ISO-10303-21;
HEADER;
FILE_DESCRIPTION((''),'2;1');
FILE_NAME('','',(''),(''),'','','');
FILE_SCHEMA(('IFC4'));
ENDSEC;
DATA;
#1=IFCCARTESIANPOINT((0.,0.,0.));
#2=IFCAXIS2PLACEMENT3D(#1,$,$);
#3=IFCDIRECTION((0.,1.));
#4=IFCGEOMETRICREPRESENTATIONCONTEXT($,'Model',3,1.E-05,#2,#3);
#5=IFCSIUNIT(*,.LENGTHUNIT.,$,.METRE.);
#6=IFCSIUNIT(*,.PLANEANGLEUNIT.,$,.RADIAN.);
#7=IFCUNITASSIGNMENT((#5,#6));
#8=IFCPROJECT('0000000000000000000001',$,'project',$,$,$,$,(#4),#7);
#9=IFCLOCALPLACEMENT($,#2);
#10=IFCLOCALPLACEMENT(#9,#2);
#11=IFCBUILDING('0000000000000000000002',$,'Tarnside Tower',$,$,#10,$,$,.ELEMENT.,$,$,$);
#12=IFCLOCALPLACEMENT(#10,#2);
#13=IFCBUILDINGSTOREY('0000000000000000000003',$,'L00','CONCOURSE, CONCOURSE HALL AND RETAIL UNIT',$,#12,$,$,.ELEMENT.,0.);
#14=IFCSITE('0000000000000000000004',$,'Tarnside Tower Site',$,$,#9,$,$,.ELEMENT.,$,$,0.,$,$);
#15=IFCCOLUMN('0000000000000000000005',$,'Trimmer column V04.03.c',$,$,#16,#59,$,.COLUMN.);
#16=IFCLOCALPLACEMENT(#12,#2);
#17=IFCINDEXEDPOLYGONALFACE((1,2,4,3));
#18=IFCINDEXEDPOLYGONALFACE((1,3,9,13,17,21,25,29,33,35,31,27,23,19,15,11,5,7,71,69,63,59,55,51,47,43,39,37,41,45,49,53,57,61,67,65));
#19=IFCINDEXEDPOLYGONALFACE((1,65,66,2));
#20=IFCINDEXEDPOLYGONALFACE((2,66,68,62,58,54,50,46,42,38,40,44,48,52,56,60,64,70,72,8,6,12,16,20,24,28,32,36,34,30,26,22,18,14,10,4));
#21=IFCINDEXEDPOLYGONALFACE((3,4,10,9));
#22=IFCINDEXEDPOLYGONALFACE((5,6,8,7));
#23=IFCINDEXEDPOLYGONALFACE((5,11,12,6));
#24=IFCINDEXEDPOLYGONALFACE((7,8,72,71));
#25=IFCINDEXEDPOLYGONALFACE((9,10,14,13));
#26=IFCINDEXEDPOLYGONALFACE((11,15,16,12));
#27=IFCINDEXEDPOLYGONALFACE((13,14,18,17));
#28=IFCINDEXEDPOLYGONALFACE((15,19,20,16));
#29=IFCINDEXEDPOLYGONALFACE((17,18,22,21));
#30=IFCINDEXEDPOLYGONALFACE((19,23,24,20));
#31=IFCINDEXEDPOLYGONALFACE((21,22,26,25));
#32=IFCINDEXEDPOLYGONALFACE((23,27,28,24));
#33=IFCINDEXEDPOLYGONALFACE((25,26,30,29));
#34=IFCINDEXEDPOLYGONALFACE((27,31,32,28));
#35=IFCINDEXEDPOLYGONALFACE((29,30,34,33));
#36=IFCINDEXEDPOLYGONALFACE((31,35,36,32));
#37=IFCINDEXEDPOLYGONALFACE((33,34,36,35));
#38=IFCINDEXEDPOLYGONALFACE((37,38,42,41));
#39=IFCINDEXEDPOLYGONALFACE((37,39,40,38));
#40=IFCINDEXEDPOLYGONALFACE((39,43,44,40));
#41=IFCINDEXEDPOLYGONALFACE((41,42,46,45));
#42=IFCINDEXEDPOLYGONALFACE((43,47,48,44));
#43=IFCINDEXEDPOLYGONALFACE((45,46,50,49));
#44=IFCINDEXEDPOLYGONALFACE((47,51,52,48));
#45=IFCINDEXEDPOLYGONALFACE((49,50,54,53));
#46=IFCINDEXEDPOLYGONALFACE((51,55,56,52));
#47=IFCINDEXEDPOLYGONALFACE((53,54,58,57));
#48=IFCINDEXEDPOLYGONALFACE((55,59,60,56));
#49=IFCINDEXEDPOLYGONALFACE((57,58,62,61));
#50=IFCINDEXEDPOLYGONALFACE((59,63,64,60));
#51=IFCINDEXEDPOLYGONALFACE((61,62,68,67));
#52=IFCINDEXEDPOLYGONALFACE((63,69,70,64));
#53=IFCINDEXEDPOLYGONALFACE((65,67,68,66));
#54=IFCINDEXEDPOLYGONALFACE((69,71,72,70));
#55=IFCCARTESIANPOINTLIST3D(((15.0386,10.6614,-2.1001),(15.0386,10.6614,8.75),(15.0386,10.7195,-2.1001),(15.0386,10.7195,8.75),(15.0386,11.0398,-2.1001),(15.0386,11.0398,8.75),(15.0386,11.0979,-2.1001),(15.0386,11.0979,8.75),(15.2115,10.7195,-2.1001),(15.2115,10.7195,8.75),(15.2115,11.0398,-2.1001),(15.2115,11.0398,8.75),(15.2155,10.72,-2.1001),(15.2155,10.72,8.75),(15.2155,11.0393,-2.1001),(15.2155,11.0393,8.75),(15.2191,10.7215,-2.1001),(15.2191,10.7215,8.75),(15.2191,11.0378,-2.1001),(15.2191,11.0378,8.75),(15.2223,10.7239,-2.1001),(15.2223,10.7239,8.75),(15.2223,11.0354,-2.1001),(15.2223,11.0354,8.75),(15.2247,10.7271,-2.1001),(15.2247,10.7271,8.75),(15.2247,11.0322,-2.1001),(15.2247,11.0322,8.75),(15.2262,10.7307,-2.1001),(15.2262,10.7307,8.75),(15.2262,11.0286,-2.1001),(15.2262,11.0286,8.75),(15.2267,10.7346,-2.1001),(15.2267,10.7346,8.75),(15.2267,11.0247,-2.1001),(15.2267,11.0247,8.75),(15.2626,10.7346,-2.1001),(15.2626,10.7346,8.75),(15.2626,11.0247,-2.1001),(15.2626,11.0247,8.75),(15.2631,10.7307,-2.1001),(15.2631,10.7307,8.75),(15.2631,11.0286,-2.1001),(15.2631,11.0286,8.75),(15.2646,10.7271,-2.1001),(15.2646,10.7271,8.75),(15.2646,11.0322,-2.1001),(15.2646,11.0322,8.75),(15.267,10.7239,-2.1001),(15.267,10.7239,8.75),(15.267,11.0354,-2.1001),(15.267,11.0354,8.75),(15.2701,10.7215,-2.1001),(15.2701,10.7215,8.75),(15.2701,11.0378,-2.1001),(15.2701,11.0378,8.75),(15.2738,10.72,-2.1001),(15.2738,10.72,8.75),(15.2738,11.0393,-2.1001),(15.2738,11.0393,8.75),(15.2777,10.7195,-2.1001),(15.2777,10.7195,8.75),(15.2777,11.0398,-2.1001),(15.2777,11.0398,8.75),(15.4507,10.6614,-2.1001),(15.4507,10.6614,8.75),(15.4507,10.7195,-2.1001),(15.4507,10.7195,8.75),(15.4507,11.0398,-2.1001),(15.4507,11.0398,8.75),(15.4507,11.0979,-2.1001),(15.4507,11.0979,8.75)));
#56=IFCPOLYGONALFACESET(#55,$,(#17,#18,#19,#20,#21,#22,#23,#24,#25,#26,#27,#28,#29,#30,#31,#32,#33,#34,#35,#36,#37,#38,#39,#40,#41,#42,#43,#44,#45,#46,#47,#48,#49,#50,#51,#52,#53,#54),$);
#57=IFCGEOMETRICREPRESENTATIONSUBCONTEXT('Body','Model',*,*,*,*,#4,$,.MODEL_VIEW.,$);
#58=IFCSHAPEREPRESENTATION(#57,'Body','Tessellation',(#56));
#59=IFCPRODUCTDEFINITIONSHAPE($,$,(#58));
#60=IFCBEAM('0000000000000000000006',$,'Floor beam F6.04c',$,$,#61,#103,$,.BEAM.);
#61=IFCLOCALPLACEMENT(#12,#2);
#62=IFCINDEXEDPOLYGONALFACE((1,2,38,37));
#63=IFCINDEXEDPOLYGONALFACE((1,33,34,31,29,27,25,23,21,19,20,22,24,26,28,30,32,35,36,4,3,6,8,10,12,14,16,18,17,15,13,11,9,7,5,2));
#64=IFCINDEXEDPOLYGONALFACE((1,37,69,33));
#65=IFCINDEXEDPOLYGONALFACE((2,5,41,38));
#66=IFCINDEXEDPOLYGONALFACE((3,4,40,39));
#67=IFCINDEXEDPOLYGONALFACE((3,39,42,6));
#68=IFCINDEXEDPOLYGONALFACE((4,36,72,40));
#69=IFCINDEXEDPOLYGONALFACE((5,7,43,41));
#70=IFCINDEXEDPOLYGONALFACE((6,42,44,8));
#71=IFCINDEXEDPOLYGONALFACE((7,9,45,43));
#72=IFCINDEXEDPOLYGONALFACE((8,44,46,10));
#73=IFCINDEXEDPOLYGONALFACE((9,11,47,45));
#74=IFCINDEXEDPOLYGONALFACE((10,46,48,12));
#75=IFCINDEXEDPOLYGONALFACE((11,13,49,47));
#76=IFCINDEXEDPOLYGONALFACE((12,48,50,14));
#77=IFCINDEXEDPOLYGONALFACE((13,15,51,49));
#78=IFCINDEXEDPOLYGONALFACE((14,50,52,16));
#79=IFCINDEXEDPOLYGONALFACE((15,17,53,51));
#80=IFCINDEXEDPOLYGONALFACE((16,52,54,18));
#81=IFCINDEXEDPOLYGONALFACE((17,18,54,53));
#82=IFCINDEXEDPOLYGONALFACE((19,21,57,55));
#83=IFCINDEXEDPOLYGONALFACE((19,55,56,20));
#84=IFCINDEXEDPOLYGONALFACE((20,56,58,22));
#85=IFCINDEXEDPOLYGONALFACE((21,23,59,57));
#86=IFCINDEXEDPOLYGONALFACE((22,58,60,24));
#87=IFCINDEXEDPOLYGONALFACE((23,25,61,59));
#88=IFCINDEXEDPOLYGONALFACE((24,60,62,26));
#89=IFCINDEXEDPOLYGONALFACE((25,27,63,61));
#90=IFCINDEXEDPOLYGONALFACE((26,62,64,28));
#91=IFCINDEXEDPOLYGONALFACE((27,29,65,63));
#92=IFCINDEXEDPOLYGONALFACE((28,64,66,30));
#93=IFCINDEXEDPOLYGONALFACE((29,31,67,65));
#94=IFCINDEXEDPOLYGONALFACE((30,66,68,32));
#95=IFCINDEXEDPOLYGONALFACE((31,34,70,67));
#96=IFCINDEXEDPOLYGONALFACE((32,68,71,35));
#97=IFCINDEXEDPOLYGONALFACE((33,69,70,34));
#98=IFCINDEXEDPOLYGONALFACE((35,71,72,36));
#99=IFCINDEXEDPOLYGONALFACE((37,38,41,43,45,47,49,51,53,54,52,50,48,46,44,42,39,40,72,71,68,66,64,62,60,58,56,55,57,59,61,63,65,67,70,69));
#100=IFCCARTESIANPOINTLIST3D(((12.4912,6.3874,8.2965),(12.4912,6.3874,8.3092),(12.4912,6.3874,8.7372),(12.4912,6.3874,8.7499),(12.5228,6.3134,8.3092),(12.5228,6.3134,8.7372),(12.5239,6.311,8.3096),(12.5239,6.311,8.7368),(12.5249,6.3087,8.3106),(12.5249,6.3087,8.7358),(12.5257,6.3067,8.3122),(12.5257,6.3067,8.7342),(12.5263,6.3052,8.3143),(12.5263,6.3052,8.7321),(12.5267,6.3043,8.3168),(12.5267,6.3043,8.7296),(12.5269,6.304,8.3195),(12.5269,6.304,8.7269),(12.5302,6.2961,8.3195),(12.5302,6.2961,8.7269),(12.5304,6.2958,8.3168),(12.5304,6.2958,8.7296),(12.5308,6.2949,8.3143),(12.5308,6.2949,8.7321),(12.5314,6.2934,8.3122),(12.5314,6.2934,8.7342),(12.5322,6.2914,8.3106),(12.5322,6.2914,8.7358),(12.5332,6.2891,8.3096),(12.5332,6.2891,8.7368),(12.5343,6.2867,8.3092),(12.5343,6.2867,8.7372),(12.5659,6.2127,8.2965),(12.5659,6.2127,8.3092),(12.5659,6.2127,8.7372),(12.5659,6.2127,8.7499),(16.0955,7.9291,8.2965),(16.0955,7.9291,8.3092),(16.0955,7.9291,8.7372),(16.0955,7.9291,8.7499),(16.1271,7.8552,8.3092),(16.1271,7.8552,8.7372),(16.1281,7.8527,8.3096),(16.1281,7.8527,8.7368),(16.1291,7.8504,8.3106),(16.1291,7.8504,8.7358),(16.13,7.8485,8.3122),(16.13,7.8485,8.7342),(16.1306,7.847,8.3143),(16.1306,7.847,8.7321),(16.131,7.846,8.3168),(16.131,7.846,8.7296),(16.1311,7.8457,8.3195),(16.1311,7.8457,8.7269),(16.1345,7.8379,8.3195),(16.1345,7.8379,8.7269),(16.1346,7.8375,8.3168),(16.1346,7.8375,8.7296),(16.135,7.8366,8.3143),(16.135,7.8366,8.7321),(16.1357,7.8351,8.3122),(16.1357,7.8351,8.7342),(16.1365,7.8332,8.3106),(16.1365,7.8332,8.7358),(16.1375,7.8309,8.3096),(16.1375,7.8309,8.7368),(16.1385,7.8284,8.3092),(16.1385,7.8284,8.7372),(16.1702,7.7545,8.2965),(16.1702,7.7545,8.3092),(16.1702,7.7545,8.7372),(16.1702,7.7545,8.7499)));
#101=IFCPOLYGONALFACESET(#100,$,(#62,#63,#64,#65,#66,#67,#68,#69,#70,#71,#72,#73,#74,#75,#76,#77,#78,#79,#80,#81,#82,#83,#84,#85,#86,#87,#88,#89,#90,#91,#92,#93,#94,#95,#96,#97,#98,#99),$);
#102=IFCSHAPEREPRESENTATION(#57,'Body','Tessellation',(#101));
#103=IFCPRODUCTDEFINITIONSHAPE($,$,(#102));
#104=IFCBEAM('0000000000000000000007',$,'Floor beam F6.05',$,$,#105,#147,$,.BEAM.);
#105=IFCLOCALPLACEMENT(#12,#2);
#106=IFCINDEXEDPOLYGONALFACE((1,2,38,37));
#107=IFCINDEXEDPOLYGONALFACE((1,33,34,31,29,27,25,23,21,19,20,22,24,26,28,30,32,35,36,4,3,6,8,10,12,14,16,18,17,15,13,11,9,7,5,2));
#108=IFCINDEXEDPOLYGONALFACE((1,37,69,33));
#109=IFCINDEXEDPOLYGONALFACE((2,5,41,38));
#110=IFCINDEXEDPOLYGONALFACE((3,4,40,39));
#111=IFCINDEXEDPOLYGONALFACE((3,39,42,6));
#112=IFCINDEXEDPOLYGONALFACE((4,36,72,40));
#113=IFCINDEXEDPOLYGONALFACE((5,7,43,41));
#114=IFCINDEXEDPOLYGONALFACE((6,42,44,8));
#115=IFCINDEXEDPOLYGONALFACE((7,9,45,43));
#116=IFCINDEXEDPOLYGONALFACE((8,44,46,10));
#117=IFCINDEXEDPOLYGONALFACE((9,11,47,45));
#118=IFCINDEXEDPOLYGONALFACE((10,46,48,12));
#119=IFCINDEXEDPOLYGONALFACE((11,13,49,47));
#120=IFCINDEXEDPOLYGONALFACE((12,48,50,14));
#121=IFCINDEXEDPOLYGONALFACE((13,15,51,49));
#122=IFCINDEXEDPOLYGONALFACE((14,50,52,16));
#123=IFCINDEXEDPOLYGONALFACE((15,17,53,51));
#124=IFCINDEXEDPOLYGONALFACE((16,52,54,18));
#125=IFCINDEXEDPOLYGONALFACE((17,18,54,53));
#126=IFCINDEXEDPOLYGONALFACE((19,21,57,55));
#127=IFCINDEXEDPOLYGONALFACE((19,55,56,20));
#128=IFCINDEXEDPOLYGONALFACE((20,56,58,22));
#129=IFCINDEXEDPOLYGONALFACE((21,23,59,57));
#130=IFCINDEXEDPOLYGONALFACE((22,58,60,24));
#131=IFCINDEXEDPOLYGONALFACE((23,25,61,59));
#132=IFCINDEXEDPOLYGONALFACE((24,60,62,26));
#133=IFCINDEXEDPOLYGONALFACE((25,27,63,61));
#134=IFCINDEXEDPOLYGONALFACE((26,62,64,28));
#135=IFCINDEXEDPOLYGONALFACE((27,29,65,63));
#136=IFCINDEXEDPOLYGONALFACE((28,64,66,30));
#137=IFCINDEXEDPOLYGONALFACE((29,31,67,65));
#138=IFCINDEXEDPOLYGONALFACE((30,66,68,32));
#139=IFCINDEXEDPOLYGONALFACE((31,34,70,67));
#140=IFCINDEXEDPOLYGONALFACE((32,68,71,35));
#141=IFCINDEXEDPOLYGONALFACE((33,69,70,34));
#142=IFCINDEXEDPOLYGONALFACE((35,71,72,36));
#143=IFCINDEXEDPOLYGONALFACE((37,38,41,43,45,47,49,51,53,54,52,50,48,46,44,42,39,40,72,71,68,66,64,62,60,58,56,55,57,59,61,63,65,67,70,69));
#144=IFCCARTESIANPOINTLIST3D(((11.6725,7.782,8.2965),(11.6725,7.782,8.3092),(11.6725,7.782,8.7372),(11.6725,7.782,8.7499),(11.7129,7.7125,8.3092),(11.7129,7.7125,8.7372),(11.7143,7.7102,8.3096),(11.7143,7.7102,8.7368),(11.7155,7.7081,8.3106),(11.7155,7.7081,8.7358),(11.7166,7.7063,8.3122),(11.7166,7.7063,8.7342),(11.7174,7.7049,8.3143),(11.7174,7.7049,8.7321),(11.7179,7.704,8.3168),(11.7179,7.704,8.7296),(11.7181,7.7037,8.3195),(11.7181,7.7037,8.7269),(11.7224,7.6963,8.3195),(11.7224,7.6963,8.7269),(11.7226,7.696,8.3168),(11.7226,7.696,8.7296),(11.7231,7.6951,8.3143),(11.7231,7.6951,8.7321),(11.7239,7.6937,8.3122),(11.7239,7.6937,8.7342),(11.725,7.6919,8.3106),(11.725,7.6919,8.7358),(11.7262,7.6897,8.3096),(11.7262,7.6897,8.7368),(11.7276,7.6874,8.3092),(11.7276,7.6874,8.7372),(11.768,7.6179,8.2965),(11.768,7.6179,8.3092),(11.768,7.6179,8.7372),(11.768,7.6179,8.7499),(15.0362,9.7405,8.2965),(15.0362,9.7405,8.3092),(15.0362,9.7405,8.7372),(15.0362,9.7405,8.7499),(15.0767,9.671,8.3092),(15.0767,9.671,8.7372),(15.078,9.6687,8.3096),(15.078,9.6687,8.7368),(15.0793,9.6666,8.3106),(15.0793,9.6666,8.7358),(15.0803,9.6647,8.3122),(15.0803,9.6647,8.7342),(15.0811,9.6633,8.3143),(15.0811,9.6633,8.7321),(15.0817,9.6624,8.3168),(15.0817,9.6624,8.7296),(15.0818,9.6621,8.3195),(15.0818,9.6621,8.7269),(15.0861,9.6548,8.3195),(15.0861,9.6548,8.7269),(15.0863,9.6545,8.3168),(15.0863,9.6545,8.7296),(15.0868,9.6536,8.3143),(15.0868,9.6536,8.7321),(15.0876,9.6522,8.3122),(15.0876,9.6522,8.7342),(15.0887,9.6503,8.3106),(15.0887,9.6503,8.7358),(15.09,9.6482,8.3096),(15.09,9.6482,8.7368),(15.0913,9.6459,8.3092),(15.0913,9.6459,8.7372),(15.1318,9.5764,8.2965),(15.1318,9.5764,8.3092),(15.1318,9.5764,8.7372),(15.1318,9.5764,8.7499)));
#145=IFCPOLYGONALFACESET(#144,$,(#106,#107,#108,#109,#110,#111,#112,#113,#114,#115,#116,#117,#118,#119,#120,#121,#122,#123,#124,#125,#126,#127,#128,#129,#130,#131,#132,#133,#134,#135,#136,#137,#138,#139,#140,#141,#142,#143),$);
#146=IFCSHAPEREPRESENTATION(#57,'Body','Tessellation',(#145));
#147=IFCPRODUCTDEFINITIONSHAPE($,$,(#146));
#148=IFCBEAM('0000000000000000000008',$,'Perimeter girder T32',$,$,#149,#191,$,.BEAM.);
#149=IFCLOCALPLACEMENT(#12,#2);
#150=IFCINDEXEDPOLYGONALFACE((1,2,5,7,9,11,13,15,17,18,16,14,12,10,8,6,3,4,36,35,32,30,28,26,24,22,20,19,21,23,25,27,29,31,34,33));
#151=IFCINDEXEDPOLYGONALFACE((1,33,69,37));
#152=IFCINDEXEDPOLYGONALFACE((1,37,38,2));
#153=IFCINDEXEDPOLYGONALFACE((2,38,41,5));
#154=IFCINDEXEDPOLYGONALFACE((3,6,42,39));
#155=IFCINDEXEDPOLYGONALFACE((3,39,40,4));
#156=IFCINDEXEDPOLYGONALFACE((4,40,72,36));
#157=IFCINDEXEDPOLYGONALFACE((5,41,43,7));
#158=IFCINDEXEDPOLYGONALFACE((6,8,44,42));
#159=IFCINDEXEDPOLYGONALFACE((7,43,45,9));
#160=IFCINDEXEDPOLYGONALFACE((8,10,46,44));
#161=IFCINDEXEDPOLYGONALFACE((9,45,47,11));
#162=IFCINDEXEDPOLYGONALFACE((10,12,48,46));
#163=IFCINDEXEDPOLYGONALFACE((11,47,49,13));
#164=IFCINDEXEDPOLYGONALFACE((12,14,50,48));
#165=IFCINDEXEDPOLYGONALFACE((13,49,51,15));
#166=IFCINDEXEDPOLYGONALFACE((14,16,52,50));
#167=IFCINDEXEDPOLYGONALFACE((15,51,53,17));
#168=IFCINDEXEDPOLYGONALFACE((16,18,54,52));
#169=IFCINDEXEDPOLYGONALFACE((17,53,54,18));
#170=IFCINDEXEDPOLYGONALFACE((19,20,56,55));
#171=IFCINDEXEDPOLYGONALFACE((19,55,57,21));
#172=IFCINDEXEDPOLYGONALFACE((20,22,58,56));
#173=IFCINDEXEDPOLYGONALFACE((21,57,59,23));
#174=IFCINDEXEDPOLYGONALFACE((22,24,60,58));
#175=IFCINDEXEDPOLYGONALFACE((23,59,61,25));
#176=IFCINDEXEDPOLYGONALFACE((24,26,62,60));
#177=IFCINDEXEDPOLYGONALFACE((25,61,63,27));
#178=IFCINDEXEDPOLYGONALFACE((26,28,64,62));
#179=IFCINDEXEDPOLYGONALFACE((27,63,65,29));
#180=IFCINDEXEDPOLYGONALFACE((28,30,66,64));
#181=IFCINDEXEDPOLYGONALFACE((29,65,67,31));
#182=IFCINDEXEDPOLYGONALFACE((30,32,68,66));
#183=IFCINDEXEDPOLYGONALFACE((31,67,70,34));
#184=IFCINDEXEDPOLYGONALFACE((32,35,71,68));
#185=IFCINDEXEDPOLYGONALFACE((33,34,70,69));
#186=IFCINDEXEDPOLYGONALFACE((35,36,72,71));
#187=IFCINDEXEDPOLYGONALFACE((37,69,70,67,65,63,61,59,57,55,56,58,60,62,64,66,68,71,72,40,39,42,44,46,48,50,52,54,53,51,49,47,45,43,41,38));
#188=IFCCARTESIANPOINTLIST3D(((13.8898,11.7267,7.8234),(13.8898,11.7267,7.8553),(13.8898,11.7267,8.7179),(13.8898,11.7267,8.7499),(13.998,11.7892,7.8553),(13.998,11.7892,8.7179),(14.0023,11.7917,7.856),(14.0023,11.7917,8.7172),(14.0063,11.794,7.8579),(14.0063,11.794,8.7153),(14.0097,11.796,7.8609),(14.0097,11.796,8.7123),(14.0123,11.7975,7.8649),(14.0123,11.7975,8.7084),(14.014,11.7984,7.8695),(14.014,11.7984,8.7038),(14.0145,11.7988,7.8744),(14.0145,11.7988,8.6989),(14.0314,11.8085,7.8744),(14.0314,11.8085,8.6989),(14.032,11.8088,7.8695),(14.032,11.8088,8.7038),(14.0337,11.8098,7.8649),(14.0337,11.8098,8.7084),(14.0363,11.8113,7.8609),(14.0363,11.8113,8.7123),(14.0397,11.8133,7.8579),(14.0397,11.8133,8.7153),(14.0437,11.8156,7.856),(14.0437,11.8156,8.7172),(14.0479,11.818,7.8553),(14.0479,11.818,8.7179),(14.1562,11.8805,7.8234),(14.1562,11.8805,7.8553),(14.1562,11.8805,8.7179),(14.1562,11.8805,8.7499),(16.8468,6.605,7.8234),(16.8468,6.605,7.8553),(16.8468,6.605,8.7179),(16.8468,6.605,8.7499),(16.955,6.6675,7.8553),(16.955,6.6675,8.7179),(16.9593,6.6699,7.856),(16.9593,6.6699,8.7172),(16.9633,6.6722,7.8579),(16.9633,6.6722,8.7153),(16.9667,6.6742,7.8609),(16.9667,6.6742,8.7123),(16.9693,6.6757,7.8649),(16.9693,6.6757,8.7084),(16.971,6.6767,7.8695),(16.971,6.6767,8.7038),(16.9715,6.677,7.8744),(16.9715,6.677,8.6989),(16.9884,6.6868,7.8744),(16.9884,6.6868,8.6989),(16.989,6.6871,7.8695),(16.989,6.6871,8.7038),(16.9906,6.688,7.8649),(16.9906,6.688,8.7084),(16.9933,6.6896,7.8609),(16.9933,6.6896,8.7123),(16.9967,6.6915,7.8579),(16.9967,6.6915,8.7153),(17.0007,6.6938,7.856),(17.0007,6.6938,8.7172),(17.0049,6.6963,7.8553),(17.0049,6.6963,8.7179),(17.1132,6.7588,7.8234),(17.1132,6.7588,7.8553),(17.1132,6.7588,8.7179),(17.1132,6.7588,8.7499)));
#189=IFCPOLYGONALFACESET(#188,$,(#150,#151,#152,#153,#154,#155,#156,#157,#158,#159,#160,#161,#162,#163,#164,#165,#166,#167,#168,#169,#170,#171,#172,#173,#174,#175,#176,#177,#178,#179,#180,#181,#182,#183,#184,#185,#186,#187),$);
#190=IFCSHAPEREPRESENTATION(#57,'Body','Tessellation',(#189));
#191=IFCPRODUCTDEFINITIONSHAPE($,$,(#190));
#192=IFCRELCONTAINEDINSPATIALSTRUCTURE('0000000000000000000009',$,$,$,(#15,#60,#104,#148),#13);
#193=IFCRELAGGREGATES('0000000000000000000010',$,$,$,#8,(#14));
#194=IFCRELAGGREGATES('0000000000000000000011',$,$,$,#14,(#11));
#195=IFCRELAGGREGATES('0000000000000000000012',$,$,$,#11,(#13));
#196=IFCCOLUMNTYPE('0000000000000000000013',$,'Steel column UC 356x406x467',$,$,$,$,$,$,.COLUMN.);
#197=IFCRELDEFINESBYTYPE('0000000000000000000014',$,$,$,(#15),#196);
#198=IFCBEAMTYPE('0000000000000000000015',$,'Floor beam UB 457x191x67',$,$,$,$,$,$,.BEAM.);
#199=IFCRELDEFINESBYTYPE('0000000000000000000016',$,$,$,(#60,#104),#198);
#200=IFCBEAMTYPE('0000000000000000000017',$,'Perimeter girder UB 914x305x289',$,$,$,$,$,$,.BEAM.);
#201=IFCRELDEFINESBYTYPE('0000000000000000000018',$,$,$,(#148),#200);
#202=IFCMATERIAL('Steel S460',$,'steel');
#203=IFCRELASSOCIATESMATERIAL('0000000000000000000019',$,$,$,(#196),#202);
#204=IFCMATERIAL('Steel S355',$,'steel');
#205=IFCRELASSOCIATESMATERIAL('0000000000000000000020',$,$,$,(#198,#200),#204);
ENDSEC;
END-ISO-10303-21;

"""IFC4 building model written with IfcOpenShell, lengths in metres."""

from ifc_helpers import new_model, si_unit, direction, frame, origin, origin_2d, place, context, subcontext, project, spatial, i_section, extrude, material, material_profile, profile_set, type_object, element, save


model = new_model("IFC4")

# Units and contexts
model_context = context("Model", 3, precision=1e-05, world=origin(), true_north=direction((0.0, 1.0)))
body_context = subcontext(model_context, "Body", "Model", "MODEL_VIEW")
ifc_project = project(units=[si_unit("LENGTHUNIT", "METRE"), si_unit("PLANEANGLEUNIT", "RADIAN")], contexts=[model_context])

# Site, building, storey
site_placement = place(None, origin())
site = spatial("IfcSite", under=ifc_project, at=site_placement, Name="Tarnside Tower Site", CompositionType="ELEMENT", RefElevation=0.0)
building_placement = place(site_placement, origin())
building = spatial("IfcBuilding", under=site, at=building_placement, Name="Tarnside Tower", CompositionType="ELEMENT")
storey_placement = place(building_placement, origin())
storey = spatial("IfcBuildingStorey", under=building, at=storey_placement, Name="L00", Description="CONCOURSE, CONCOURSE HALL AND RETAIL UNIT", CompositionType="ELEMENT", Elevation=0.0)

# Column
ifc_material_1 = material(Name="Steel S460", Category="steel")
ifc_material_profile_1 = material_profile(ifc_material_1, i_section(OverallWidth=0.4121, OverallDepth=0.4365, WebThickness=0.0359, FlangeThickness=0.0581, FilletRadius=0.0151, at=origin_2d()), Name="UC 356x406x467")
ifc_profile_set_1 = profile_set([ifc_material_profile_1], Name="Steel S460")
column_type = type_object("IfcColumnType", Name="Steel column UC 356x406x467", PredefinedType="COLUMN", material=ifc_profile_set_1)
for number, where, z_axis, x_axis, name in (
    (1, (15.2446, 10.8796, -2.1001), (0.0, 0.0, 1.0), (1.0, 0.0, 0.0), "Trimmer column V04.03.c"),
):
    element("IfcColumn", number, at=place(storey_placement, frame(where, z_axis=z_axis, x_axis=x_axis)), inside=storey, type_object=column_type, Name=name, PredefinedType="COLUMN", context=body_context, shape_type="SweptSolid", body=[
        extrude(i_section(OverallWidth=0.4121, OverallDepth=0.4365, WebThickness=0.0359, FlangeThickness=0.0581, FilletRadius=0.0151, at=origin_2d()), origin(), (0.0, 0.0, 1.0), 10.8501),
    ])

# Beams
ifc_material_2 = material(Name="Steel S355", Category="steel")
ifc_material_profile_2 = material_profile(ifc_material_2, i_section(OverallWidth=0.1899, OverallDepth=0.4534, WebThickness=0.0085, FlangeThickness=0.0127, FilletRadius=0.0103, at=origin_2d()), Name="UB 457x191x67")
ifc_profile_set_2 = profile_set([ifc_material_profile_2], Name="Steel S355")
beam_type_1 = type_object("IfcBeamType", Name="Floor beam UB 457x191x67", PredefinedType="BEAM", material=ifc_profile_set_2)
beam_1_placement = place(storey_placement, frame((16.1328, 7.8418, 8.5232), z_axis=(-0.919415, -0.393288, 0.0), x_axis=(0.393288, -0.919415, 0.0)))
element("IfcBeam", 2, at=beam_1_placement, inside=storey, type_object=beam_type_1, Name="Floor beam F6.04c", PredefinedType="BEAM", context=body_context, shape_type="SweptSolid", body=[
    extrude(i_section(OverallWidth=0.1899, OverallDepth=0.4534, WebThickness=0.0085, FlangeThickness=0.0127, FilletRadius=0.0103, at=origin_2d()), origin(), (0.0, 0.0, 1.0), 3.9202),
])
beam_2_placement = place(storey_placement, frame((15.084, 9.6584, 8.5232), z_axis=(-0.864193, -0.503161, 0.0), x_axis=(0.503161, -0.864193, 0.0)))
element("IfcBeam", 3, at=beam_2_placement, inside=storey, type_object=beam_type_1, Name="Floor beam F6.05", PredefinedType="BEAM", context=body_context, shape_type="SweptSolid", body=[
    extrude(i_section(OverallWidth=0.1899, OverallDepth=0.4534, WebThickness=0.0085, FlangeThickness=0.0127, FilletRadius=0.0103, at=origin_2d()), origin(), (0.0, 0.0, 1.0), 3.8923),
])
ifc_material_profile_3 = material_profile(ifc_material_2, i_section(OverallWidth=0.3076, OverallDepth=0.9265, WebThickness=0.0195, FlangeThickness=0.032, FilletRadius=0.019, at=origin_2d()), Name="UB 914x305x289")
ifc_profile_set_3 = profile_set([ifc_material_profile_3], Name="Steel S355")
beam_type_2 = type_object("IfcBeamType", Name="Perimeter girder UB 914x305x289", PredefinedType="BEAM", material=ifc_profile_set_3)
beam_3_placement = place(storey_placement, frame((16.98, 6.6819, 8.2866), z_axis=(-0.499993, 0.86603, 0.0), x_axis=(-0.86603, -0.499993, 0.0)))
element("IfcBeam", 4, at=beam_3_placement, inside=storey, type_object=beam_type_2, Name="Perimeter girder T32", PredefinedType="BEAM", context=body_context, shape_type="SweptSolid", body=[
    extrude(i_section(OverallWidth=0.3076, OverallDepth=0.9265, WebThickness=0.0195, FlangeThickness=0.032, FilletRadius=0.019, at=origin_2d()), origin(), (0.0, 0.0, 1.0), 5.9141),
])

save(model, "model.ifc")
